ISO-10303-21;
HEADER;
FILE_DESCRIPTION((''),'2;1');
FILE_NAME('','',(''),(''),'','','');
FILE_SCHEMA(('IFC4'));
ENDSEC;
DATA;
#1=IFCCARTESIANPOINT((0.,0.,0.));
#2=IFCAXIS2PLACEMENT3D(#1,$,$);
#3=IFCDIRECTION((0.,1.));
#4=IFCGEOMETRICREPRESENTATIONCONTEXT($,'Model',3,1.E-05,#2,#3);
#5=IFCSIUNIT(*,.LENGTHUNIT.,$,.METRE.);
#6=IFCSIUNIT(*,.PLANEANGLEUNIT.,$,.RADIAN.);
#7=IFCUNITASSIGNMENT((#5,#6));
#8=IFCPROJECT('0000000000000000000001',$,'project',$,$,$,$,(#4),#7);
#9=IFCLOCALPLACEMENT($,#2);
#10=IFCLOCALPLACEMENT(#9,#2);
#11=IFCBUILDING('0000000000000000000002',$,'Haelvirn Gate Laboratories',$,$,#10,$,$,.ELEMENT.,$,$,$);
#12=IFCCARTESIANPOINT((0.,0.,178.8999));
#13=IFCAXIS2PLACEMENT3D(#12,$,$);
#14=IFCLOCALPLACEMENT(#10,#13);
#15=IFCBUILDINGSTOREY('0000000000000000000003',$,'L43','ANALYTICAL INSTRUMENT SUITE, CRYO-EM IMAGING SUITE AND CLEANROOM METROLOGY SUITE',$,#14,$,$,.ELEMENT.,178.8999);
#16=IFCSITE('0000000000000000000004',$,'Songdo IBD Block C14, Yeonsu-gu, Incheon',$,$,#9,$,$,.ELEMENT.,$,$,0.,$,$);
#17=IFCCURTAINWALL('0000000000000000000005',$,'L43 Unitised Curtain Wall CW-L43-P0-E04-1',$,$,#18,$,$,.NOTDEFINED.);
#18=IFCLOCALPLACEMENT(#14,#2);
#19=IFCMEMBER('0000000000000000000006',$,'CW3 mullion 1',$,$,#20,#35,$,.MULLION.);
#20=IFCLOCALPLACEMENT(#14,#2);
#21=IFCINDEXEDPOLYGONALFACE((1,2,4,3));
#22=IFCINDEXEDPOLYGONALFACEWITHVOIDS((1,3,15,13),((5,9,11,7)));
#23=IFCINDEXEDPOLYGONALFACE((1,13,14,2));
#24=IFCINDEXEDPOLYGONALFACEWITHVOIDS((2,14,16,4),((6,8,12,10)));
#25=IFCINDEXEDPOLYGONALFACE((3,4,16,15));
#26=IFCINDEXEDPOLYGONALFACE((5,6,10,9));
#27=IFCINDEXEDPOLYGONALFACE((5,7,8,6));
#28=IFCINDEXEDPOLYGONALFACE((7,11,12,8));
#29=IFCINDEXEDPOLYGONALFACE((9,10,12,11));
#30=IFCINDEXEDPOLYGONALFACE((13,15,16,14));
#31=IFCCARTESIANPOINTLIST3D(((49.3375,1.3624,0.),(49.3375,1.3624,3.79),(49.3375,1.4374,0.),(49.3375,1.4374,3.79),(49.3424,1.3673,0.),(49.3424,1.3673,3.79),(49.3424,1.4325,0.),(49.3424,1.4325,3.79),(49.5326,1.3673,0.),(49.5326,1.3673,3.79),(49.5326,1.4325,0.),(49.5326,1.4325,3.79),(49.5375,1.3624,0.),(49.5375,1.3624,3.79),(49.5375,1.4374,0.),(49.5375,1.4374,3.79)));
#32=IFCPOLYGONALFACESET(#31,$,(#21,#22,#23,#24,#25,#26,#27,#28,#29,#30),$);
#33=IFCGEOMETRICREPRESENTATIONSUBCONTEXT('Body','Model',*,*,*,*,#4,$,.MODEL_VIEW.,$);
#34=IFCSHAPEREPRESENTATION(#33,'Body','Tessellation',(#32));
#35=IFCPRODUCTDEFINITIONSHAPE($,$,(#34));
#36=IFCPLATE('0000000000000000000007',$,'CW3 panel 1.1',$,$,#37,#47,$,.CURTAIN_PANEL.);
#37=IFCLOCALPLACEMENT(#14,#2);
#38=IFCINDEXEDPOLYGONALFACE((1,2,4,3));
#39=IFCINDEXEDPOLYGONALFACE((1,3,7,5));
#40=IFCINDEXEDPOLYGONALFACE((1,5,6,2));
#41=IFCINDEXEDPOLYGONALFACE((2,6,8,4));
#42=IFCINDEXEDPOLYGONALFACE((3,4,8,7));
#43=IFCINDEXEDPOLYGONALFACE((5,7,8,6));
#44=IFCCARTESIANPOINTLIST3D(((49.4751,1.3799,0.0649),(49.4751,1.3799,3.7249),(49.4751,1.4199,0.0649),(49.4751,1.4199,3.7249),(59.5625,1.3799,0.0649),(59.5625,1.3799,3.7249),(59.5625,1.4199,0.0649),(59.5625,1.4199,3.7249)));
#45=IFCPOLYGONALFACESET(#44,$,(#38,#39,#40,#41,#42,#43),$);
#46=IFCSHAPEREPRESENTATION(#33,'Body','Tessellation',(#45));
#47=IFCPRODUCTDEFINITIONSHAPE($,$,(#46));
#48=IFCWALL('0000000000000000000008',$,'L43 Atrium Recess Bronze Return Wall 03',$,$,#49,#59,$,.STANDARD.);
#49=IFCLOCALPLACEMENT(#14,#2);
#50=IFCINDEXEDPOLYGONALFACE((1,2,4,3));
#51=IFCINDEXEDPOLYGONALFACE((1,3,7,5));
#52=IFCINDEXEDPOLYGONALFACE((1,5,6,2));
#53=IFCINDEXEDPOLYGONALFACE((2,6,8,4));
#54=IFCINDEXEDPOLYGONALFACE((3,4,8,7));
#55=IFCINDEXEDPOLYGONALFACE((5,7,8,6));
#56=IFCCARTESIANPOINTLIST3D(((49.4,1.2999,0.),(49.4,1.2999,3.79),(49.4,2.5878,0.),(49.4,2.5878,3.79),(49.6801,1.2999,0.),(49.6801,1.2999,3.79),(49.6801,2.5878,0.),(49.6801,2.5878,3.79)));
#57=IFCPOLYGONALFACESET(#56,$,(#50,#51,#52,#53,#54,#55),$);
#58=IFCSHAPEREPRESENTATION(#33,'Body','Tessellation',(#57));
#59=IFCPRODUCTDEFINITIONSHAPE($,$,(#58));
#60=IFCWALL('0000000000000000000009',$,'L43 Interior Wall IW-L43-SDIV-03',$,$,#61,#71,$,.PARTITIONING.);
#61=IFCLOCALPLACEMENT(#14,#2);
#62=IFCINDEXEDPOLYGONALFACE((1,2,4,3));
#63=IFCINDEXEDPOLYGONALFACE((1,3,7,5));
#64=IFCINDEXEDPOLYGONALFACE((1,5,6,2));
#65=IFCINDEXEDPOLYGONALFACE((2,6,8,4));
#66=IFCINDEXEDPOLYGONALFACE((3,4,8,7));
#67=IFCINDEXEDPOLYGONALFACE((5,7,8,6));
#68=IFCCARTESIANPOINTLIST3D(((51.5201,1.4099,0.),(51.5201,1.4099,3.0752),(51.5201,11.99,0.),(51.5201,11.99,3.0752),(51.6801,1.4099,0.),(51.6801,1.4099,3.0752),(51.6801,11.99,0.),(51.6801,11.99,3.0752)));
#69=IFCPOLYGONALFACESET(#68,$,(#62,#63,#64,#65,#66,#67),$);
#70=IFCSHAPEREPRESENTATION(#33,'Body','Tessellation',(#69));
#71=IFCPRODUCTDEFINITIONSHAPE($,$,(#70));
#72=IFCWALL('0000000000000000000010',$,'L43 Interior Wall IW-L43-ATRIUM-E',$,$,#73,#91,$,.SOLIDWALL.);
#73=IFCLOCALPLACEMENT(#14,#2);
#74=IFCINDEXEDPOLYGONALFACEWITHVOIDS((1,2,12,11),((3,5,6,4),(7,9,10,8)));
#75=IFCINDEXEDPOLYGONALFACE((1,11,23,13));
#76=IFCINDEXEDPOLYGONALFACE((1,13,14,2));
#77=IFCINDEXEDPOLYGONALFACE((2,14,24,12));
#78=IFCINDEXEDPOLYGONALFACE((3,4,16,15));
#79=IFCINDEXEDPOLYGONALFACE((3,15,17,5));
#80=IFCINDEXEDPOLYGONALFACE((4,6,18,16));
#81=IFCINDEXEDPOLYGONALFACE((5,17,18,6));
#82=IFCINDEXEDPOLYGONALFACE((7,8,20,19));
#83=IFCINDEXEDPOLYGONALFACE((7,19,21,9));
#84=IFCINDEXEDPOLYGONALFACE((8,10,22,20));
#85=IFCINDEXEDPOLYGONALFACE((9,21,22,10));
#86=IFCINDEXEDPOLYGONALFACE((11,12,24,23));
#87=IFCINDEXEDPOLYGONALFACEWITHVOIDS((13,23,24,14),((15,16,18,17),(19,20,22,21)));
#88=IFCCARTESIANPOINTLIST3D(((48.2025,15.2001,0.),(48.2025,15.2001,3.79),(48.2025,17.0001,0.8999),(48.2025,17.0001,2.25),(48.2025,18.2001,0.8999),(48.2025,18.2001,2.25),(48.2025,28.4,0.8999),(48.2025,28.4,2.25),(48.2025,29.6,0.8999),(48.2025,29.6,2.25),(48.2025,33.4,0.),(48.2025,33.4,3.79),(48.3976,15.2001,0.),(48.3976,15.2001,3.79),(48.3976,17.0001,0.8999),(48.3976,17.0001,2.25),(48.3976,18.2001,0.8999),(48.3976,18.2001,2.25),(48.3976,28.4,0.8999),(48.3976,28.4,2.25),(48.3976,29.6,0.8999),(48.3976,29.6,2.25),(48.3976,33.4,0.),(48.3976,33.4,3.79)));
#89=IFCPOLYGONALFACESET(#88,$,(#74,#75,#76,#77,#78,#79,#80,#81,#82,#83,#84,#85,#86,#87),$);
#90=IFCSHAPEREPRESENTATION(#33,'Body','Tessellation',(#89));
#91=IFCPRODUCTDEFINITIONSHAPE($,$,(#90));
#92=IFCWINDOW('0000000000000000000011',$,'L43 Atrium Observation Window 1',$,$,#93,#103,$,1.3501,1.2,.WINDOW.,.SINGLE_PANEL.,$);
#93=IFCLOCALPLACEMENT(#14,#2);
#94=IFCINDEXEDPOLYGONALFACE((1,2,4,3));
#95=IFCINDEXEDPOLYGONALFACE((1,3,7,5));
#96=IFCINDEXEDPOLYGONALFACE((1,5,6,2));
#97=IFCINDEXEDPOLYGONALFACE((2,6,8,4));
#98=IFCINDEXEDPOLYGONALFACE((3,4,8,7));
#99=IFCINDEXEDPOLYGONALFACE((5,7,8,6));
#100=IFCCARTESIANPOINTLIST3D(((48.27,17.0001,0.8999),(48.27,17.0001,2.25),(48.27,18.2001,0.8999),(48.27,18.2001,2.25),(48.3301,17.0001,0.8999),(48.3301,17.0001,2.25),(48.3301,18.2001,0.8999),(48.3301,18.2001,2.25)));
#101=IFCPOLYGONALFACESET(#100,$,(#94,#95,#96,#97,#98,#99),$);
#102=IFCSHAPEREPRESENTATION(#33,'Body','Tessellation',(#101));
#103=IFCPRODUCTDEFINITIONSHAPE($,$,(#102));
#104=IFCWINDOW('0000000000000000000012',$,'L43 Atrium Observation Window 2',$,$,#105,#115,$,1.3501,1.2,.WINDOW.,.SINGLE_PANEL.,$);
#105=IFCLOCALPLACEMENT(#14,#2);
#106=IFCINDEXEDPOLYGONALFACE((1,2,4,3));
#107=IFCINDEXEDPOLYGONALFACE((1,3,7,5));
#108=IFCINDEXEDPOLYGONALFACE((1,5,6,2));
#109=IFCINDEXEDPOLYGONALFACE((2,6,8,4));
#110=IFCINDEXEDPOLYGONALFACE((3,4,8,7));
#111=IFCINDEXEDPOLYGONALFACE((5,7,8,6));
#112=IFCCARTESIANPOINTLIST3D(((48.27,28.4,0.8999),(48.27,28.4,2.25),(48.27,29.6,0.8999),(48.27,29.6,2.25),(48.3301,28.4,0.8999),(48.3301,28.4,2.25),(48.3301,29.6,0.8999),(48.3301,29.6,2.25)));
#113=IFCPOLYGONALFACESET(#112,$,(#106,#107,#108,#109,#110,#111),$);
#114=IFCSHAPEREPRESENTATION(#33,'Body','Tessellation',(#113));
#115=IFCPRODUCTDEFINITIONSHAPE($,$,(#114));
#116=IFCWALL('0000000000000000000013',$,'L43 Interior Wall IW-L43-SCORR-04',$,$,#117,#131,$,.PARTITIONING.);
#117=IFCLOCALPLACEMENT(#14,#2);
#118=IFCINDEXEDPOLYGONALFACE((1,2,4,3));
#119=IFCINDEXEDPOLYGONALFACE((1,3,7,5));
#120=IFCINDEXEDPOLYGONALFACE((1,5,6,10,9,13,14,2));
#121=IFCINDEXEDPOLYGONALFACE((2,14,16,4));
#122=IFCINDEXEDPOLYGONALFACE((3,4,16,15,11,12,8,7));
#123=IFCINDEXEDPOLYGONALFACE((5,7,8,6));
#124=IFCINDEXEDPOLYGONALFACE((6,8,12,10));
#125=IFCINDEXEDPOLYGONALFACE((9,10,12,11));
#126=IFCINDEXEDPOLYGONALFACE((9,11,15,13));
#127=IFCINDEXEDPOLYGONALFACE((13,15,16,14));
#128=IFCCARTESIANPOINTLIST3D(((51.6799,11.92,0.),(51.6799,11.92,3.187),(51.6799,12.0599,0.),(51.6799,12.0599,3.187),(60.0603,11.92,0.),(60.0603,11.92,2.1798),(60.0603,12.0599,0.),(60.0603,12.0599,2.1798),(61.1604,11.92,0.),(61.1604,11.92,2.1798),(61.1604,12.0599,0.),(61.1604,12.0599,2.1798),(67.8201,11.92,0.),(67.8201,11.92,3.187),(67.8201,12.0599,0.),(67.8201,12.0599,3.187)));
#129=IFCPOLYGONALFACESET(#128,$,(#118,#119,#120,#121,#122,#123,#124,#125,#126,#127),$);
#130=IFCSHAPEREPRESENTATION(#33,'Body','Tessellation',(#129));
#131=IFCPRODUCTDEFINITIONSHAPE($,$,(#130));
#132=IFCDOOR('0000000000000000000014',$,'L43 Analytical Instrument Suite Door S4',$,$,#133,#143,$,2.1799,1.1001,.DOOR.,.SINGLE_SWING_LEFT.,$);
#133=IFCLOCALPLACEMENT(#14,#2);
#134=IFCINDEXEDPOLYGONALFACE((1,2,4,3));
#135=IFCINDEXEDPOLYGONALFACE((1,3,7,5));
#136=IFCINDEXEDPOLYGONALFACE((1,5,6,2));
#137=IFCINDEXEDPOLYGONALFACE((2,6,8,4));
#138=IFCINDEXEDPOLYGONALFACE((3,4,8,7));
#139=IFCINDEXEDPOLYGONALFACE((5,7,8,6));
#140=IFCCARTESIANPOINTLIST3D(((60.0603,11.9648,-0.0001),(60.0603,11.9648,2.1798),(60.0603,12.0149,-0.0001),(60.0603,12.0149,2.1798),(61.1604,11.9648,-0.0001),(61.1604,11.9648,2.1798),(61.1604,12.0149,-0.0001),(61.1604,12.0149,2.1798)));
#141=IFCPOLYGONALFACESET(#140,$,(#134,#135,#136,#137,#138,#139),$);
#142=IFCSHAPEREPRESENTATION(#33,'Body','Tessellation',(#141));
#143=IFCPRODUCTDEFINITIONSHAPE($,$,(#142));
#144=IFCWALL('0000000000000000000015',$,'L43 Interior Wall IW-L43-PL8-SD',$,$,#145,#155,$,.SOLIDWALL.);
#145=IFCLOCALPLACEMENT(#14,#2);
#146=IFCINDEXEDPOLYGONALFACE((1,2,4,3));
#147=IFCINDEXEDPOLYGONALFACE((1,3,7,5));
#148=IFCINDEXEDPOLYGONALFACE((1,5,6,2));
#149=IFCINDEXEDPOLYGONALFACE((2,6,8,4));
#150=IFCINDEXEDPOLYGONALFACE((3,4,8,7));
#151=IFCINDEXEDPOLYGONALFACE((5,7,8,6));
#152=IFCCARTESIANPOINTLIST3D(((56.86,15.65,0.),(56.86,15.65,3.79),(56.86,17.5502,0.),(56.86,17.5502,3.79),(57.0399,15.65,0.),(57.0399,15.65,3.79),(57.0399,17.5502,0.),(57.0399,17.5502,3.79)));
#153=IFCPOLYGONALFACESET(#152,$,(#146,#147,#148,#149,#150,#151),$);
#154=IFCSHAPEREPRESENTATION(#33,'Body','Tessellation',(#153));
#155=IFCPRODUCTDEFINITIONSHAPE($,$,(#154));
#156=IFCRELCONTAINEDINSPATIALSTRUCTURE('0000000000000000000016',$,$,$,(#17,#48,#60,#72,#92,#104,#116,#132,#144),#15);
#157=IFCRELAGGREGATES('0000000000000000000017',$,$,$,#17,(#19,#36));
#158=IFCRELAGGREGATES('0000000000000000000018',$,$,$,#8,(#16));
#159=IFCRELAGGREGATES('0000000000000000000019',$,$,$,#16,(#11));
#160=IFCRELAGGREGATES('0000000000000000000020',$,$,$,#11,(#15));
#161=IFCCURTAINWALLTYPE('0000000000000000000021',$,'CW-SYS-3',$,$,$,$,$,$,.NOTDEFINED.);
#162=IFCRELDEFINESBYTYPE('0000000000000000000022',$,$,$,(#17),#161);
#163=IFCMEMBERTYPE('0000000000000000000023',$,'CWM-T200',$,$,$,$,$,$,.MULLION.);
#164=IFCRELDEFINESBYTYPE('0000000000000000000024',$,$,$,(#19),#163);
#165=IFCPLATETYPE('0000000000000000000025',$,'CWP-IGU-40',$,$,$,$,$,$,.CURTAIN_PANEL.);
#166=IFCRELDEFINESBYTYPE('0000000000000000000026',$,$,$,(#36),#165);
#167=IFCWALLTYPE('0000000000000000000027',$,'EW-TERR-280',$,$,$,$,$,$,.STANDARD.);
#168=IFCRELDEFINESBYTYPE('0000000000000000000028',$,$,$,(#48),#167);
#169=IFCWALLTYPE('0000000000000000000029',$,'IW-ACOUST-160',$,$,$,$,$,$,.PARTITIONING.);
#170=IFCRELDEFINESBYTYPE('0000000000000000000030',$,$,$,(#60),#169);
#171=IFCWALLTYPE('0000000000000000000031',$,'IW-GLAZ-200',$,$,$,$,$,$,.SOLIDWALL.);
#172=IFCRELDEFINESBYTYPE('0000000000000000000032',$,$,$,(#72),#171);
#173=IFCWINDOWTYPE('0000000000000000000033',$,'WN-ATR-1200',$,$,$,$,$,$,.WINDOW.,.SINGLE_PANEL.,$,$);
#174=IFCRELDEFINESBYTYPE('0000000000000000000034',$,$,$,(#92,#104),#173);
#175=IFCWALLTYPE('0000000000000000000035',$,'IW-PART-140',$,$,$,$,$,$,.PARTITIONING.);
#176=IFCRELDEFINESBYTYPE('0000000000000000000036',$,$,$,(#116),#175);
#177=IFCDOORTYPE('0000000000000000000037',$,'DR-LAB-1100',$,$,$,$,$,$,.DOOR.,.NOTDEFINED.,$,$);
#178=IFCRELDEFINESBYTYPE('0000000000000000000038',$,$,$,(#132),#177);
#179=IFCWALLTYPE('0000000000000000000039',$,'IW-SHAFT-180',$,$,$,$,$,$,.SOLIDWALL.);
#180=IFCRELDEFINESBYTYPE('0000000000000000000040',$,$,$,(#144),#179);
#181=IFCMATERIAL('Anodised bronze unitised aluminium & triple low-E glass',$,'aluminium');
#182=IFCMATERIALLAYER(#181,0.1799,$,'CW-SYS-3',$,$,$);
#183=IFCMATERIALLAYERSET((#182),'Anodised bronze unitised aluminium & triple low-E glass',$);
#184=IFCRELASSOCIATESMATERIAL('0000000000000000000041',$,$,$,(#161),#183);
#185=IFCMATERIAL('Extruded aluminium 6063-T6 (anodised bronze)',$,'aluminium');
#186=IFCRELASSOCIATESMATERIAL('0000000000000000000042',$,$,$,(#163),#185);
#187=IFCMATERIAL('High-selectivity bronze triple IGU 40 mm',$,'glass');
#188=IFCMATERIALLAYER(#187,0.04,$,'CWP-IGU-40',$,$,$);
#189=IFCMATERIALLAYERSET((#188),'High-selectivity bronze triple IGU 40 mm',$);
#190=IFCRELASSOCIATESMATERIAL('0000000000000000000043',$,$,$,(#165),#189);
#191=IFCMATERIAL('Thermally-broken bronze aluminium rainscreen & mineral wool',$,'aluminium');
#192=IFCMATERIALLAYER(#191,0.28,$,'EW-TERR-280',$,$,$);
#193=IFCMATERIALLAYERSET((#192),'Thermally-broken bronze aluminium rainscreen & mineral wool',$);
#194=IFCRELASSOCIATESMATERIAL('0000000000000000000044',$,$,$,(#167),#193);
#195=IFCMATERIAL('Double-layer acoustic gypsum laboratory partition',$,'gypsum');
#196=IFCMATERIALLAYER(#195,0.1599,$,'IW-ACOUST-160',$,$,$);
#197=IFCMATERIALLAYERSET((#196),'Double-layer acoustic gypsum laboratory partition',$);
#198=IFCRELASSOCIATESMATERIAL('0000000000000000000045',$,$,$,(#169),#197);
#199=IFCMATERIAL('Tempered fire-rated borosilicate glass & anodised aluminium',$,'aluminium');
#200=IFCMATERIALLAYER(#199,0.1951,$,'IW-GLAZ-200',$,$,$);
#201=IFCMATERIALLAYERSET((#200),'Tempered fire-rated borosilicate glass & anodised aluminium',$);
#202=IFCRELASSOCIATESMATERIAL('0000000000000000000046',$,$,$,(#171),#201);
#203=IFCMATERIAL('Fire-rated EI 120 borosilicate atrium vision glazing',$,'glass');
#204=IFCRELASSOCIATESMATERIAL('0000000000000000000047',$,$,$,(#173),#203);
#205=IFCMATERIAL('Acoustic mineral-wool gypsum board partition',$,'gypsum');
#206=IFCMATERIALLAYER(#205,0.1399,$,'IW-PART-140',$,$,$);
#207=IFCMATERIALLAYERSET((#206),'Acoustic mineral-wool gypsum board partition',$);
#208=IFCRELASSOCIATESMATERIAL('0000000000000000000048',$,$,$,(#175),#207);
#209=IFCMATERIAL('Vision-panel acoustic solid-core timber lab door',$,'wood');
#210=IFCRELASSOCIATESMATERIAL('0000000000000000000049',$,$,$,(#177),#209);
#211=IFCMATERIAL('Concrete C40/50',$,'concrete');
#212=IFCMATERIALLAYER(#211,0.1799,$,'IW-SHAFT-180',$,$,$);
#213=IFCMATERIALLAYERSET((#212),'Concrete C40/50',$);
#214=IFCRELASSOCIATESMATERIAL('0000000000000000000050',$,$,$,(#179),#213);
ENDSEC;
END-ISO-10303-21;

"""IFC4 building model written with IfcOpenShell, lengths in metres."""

from ifc_helpers import new_model, si_unit, direction, frame, frame_2d, origin, origin_2d, place, context, subcontext, project, spatial, rectangle, hollow_rectangle, extrude, source, transform, mapped, material, layer, layer_set, material_profile, profile_set, type_object, type_shapes, element, fill, aggregate, save


model = new_model("IFC4")

# Units and contexts
model_context = context("Model", 3, precision=1e-05, world=origin(), true_north=direction((0.0, 1.0)))
body_context = subcontext(model_context, "Body", "Model", "MODEL_VIEW")
ifc_project = project(units=[si_unit("LENGTHUNIT", "METRE"), si_unit("PLANEANGLEUNIT", "RADIAN")], contexts=[model_context])

# Site, building, storey
site_placement = place(None, origin())
site = spatial("IfcSite", under=ifc_project, at=site_placement, Name="Songdo IBD Block C14, Yeonsu-gu, Incheon", CompositionType="ELEMENT", RefElevation=0.0)
building_placement = place(site_placement, origin())
building = spatial("IfcBuilding", under=site, at=building_placement, Name="Haelvirn Gate Laboratories", CompositionType="ELEMENT")
storey_placement = place(building_placement, frame((0.0, 0.0, 178.8999)))
storey = spatial("IfcBuildingStorey", under=building, at=storey_placement, Name="L43", Description="ANALYTICAL INSTRUMENT SUITE, CRYO-EM IMAGING SUITE AND CLEANROOM METROLOGY SUITE", CompositionType="ELEMENT", Elevation=178.8999)

# Curtain wall
ifc_material_1 = material(Name="Anodised bronze unitised aluminium & triple low-E glass", Category="aluminium")
ifc_layer_1 = layer(ifc_material_1, 0.1799, Name="CW-SYS-3")
ifc_layer_set_1 = layer_set([ifc_layer_1], Name="Anodised bronze unitised aluminium & triple low-E glass")
curtain_wall_type = type_object("IfcCurtainWallType", Name="CW-SYS-3", PredefinedType="NOTDEFINED", material=ifc_layer_set_1)
curtain_wall_1_placement = place(storey_placement, origin())
curtain_wall_1 = element("IfcCurtainWall", 1, at=curtain_wall_1_placement, inside=storey, type_object=curtain_wall_type, Name="L43 Unitised Curtain Wall CW-L43-P0-E04-1", PredefinedType="NOTDEFINED")
ifc_material_2 = material(Name="Extruded aluminium 6063-T6 (anodised bronze)", Category="aluminium")

# Shared definitions
ifc_material_profile_1 = material_profile(ifc_material_2, hollow_rectangle(XDim=0.075, YDim=0.2, WallThickness=0.0049, at=origin_2d()), Name="CWM-200x75x5")
ifc_profile_set_1 = profile_set([ifc_material_profile_1], Name="Extruded aluminium 6063-T6 (anodised bronze)")
member_type_1 = type_object("IfcMemberType", Name="CWM-T200", PredefinedType="MULLION", material=ifc_profile_set_1)
shared_shape_1 = source(origin(), body_context, "Body", "SweptSolid", [
    extrude(hollow_rectangle(XDim=0.075, YDim=0.2, WallThickness=0.0049, at=origin_2d()), origin(), (0.0, 0.0, 1.0), 3.79),
])
type_shapes(member_type_1, [shared_shape_1])

# Member
member_1_placement = place(storey_placement, frame((49.4375, 1.3999, 0.0), z_axis=(0.0, 0.0, 1.0), x_axis=(0.0, 1.0, 0.0)))
member_1 = element("IfcMember", 2, at=member_1_placement, type_object=member_type_1, Name="CW3 mullion 1", PredefinedType="MULLION", context=body_context, shape_type="MappedRepresentation", body=[
    mapped(shared_shape_1, transform((0.0, 0.0, 0.0), scale=1.0)),
])

# Plate
ifc_material_3 = material(Name="High-selectivity bronze triple IGU 40 mm", Category="glass")
ifc_layer_2 = layer(ifc_material_3, 0.04, Name="CWP-IGU-40")
ifc_layer_set_2 = layer_set([ifc_layer_2], Name="High-selectivity bronze triple IGU 40 mm")
plate_type = type_object("IfcPlateType", Name="CWP-IGU-40", PredefinedType="CURTAIN_PANEL", material=ifc_layer_set_2)
shared_shape_2 = source(origin(), body_context, "Body", "SweptSolid", [
    extrude(rectangle(XDim=10.0874, YDim=0.04, at=origin_2d()), origin(), (0.0, 0.0, 1.0), 3.6599),
])
type_shapes(plate_type, [shared_shape_2])
plate_placement = place(storey_placement, frame((54.5188, 1.3999, 0.0649), z_axis=(0.0, 0.0, 1.0), x_axis=(1.0, 0.0, 0.0)))
plate = element("IfcPlate", 3, at=plate_placement, type_object=plate_type, Name="CW3 panel 1.1", PredefinedType="CURTAIN_PANEL", context=body_context, shape_type="MappedRepresentation", body=[
    mapped(shared_shape_2, transform((0.0, 0.0, 0.0), scale=1.0)),
])
aggregate(curtain_wall_1, [member_1, plate])

# Walls
ifc_material_4 = material(Name="Thermally-broken bronze aluminium rainscreen & mineral wool", Category="aluminium")
ifc_layer_3 = layer(ifc_material_4, 0.28, Name="EW-TERR-280")
ifc_layer_set_3 = layer_set([ifc_layer_3], Name="Thermally-broken bronze aluminium rainscreen & mineral wool")
wall_type_1 = type_object("IfcWallType", Name="EW-TERR-280", PredefinedType="STANDARD", material=ifc_layer_set_3)
wall_1_placement = place(storey_placement, frame((49.54, 2.5879, 0.0), z_axis=(0.0, 0.0, 1.0), x_axis=(0.0, -1.0, 0.0)))
element("IfcWall", 4, at=wall_1_placement, inside=storey, type_object=wall_type_1, Name="L43 Atrium Recess Bronze Return Wall 03", PredefinedType="STANDARD", context=body_context, shape_type="SweptSolid", body=[
    extrude(rectangle(XDim=1.2878, YDim=0.28, at=frame_2d((0.644, 0.0))), origin(), (0.0, 0.0, 1.0), 3.79),
])
ifc_material_5 = material(Name="Double-layer acoustic gypsum laboratory partition", Category="gypsum")
ifc_layer_4 = layer(ifc_material_5, 0.1599, Name="IW-ACOUST-160")
ifc_layer_set_4 = layer_set([ifc_layer_4], Name="Double-layer acoustic gypsum laboratory partition")
wall_type_2 = type_object("IfcWallType", Name="IW-ACOUST-160", PredefinedType="PARTITIONING", material=ifc_layer_set_4)
wall_2_placement = place(storey_placement, frame((51.6001, 1.4099, 0.0), z_axis=(0.0, 0.0, 1.0), x_axis=(0.0, 1.0, 0.0)))
element("IfcWall", 5, at=wall_2_placement, inside=storey, type_object=wall_type_2, Name="L43 Interior Wall IW-L43-SDIV-03", PredefinedType="PARTITIONING", context=body_context, shape_type="SweptSolid", body=[
    extrude(rectangle(XDim=10.5801, YDim=0.1599, at=frame_2d((5.29, 0.0))), origin(), (0.0, 0.0, 1.0), 3.0752),
])

# Wall, openings, windows
ifc_material_6 = material(Name="Tempered fire-rated borosilicate glass & anodised aluminium", Category="aluminium")
ifc_layer_5 = layer(ifc_material_6, 0.1951, Name="IW-GLAZ-200")
ifc_layer_set_5 = layer_set([ifc_layer_5], Name="Tempered fire-rated borosilicate glass & anodised aluminium")
wall_type_3 = type_object("IfcWallType", Name="IW-GLAZ-200", PredefinedType="SOLIDWALL", material=ifc_layer_set_5)
wall_3_placement = place(storey_placement, frame((48.3, 15.2, 0.0), z_axis=(0.0, 0.0, 1.0), x_axis=(0.0, 1.0, 0.0)))
wall_3 = element("IfcWall", 6, at=wall_3_placement, inside=storey, type_object=wall_type_3, Name="L43 Interior Wall IW-L43-ATRIUM-E", PredefinedType="SOLIDWALL", context=body_context, shape_type="SweptSolid", body=[
    extrude(rectangle(XDim=18.2, YDim=0.1951, at=frame_2d((9.1001, 0.0))), origin(), (0.0, 0.0, 1.0), 3.79),
])
opening_1_placement = place(wall_3_placement, frame((1.8, 0.0, 0.8999)))
opening_1 = element("IfcOpeningElement", 7, at=opening_1_placement, cuts=wall_3, PredefinedType="OPENING", context=body_context, shape_type="SweptSolid", body=[
    extrude(rectangle(XDim=1.2, YDim=1.3501, at=frame_2d((0.6001, 0.675))), frame((0.0, 0.1074, 0.0), z_axis=(0.0, -1.0, 0.0), x_axis=(1.0, 0.0, 0.0)), (0.0, 0.0, 1.0), 0.2151),
])
opening_2_placement = place(wall_3_placement, frame((13.2, 0.0, 0.8999)))
opening_2 = element("IfcOpeningElement", 8, at=opening_2_placement, cuts=wall_3, PredefinedType="OPENING", context=body_context, shape_type="SweptSolid", body=[
    extrude(rectangle(XDim=1.2, YDim=1.3501, at=frame_2d((0.6001, 0.675))), frame((0.0, 0.1074, 0.0), z_axis=(0.0, -1.0, 0.0), x_axis=(1.0, 0.0, 0.0)), (0.0, 0.0, 1.0), 0.2151),
])
ifc_material_7 = material(Name="Fire-rated EI 120 borosilicate atrium vision glazing", Category="glass")
window_type = type_object("IfcWindowType", Name="WN-ATR-1200", PartitioningType="SINGLE_PANEL", PredefinedType="WINDOW", material=ifc_material_7)
shared_shape_3 = source(origin(), body_context, "Body", "SweptSolid", [
    extrude(rectangle(XDim=1.2, YDim=1.3501, at=frame_2d((0.6001, 0.675))), frame((0.0, 0.03, 0.0), z_axis=(0.0, -1.0, 0.0), x_axis=(1.0, 0.0, 0.0)), (0.0, 0.0, 1.0), 0.0601),
])
type_shapes(window_type, [shared_shape_3])
window_1_placement = place(opening_1_placement, origin())
window_1 = element("IfcWindow", 9, at=window_1_placement, inside=storey, type_object=window_type, Name="L43 Atrium Observation Window 1", OverallHeight=1.3501, OverallWidth=1.2, PartitioningType="SINGLE_PANEL", PredefinedType="WINDOW", context=body_context, shape_type="MappedRepresentation", body=[
    mapped(shared_shape_3, transform((0.0, 0.0, 0.0), scale=1.0)),
])
fill(opening_1, window_1)
window_2_placement = place(opening_2_placement, origin())
window_2 = element("IfcWindow", 10, at=window_2_placement, inside=storey, type_object=window_type, Name="L43 Atrium Observation Window 2", OverallHeight=1.3501, OverallWidth=1.2, PartitioningType="SINGLE_PANEL", PredefinedType="WINDOW", context=body_context, shape_type="MappedRepresentation", body=[
    mapped(shared_shape_3, transform((0.0, 0.0, 0.0), scale=1.0)),
])
fill(opening_2, window_2)

# Wall, opening, door
ifc_material_8 = material(Name="Acoustic mineral-wool gypsum board partition", Category="gypsum")
ifc_layer_6 = layer(ifc_material_8, 0.1399, Name="IW-PART-140")
ifc_layer_set_6 = layer_set([ifc_layer_6], Name="Acoustic mineral-wool gypsum board partition")
wall_type_4 = type_object("IfcWallType", Name="IW-PART-140", PredefinedType="PARTITIONING", material=ifc_layer_set_6)
wall_4_placement = place(storey_placement, frame((51.6799, 11.99, 0.0), z_axis=(0.0, 0.0, 1.0), x_axis=(1.0, 0.0, 0.0)))
wall_4 = element("IfcWall", 11, at=wall_4_placement, inside=storey, type_object=wall_type_4, Name="L43 Interior Wall IW-L43-SCORR-04", PredefinedType="PARTITIONING", context=body_context, shape_type="SweptSolid", body=[
    extrude(rectangle(XDim=16.1401, YDim=0.1399, at=frame_2d((8.0701, 0.0))), origin(), (0.0, 0.0, 1.0), 3.187),
])
opening_3_placement = place(wall_4_placement, frame((8.3804, 0.0, 0.0)))
opening_3 = element("IfcOpeningElement", 12, at=opening_3_placement, cuts=wall_4, PredefinedType="OPENING", context=body_context, shape_type="SweptSolid", body=[
    extrude(rectangle(XDim=1.1001, YDim=2.1799, at=frame_2d((0.55, 1.0898))), frame((0.0, 0.0801, 0.0), z_axis=(0.0, -1.0, 0.0), x_axis=(1.0, 0.0, 0.0)), (0.0, 0.0, 1.0), 0.1599),
])
ifc_material_9 = material(Name="Vision-panel acoustic solid-core timber lab door", Category="wood")
door_type_1 = type_object("IfcDoorType", Name="DR-LAB-1100", OperationType="NOTDEFINED", PredefinedType="DOOR", material=ifc_material_9)
shared_shape_4 = source(origin(), body_context, "Body", "SweptSolid", [
    extrude(rectangle(XDim=1.1001, YDim=2.1799, at=frame_2d((0.55, 1.0898))), frame((0.0, 0.0249, 0.0), z_axis=(0.0, -1.0, 0.0), x_axis=(1.0, 0.0, 0.0)), (0.0, 0.0, 1.0), 0.05),
])
type_shapes(door_type_1, [shared_shape_4])
door_1_placement = place(opening_3_placement, origin())
door_1 = element("IfcDoor", 13, at=door_1_placement, inside=storey, type_object=door_type_1, Name="L43 Analytical Instrument Suite Door S4", OperationType="SINGLE_SWING_LEFT", OverallHeight=2.1799, OverallWidth=1.1001, PredefinedType="DOOR", context=body_context, shape_type="MappedRepresentation", body=[
    mapped(shared_shape_4, transform((0.0, 0.0, 0.0), scale=1.0)),
])
fill(opening_3, door_1)

# Wall
ifc_material_10 = material(Name="Concrete C40/50", Category="concrete")
ifc_layer_7 = layer(ifc_material_10, 0.1799, Name="IW-SHAFT-180")
ifc_layer_set_7 = layer_set([ifc_layer_7], Name="Concrete C40/50")
wall_type_5 = type_object("IfcWallType", Name="IW-SHAFT-180", PredefinedType="SOLIDWALL", material=ifc_layer_set_7)
wall_5_placement = place(storey_placement, frame((56.95, 15.6499, 0.0), z_axis=(0.0, 0.0, 1.0), x_axis=(0.0, 1.0, 0.0)))
element("IfcWall", 14, at=wall_5_placement, inside=storey, type_object=wall_type_5, Name="L43 Interior Wall IW-L43-PL8-SD", PredefinedType="SOLIDWALL", context=body_context, shape_type="SweptSolid", body=[
    extrude(rectangle(XDim=1.9001, YDim=0.1799, at=frame_2d((0.9502, 0.0))), origin(), (0.0, 0.0, 1.0), 3.79),
])

save(model, "model.ifc")
